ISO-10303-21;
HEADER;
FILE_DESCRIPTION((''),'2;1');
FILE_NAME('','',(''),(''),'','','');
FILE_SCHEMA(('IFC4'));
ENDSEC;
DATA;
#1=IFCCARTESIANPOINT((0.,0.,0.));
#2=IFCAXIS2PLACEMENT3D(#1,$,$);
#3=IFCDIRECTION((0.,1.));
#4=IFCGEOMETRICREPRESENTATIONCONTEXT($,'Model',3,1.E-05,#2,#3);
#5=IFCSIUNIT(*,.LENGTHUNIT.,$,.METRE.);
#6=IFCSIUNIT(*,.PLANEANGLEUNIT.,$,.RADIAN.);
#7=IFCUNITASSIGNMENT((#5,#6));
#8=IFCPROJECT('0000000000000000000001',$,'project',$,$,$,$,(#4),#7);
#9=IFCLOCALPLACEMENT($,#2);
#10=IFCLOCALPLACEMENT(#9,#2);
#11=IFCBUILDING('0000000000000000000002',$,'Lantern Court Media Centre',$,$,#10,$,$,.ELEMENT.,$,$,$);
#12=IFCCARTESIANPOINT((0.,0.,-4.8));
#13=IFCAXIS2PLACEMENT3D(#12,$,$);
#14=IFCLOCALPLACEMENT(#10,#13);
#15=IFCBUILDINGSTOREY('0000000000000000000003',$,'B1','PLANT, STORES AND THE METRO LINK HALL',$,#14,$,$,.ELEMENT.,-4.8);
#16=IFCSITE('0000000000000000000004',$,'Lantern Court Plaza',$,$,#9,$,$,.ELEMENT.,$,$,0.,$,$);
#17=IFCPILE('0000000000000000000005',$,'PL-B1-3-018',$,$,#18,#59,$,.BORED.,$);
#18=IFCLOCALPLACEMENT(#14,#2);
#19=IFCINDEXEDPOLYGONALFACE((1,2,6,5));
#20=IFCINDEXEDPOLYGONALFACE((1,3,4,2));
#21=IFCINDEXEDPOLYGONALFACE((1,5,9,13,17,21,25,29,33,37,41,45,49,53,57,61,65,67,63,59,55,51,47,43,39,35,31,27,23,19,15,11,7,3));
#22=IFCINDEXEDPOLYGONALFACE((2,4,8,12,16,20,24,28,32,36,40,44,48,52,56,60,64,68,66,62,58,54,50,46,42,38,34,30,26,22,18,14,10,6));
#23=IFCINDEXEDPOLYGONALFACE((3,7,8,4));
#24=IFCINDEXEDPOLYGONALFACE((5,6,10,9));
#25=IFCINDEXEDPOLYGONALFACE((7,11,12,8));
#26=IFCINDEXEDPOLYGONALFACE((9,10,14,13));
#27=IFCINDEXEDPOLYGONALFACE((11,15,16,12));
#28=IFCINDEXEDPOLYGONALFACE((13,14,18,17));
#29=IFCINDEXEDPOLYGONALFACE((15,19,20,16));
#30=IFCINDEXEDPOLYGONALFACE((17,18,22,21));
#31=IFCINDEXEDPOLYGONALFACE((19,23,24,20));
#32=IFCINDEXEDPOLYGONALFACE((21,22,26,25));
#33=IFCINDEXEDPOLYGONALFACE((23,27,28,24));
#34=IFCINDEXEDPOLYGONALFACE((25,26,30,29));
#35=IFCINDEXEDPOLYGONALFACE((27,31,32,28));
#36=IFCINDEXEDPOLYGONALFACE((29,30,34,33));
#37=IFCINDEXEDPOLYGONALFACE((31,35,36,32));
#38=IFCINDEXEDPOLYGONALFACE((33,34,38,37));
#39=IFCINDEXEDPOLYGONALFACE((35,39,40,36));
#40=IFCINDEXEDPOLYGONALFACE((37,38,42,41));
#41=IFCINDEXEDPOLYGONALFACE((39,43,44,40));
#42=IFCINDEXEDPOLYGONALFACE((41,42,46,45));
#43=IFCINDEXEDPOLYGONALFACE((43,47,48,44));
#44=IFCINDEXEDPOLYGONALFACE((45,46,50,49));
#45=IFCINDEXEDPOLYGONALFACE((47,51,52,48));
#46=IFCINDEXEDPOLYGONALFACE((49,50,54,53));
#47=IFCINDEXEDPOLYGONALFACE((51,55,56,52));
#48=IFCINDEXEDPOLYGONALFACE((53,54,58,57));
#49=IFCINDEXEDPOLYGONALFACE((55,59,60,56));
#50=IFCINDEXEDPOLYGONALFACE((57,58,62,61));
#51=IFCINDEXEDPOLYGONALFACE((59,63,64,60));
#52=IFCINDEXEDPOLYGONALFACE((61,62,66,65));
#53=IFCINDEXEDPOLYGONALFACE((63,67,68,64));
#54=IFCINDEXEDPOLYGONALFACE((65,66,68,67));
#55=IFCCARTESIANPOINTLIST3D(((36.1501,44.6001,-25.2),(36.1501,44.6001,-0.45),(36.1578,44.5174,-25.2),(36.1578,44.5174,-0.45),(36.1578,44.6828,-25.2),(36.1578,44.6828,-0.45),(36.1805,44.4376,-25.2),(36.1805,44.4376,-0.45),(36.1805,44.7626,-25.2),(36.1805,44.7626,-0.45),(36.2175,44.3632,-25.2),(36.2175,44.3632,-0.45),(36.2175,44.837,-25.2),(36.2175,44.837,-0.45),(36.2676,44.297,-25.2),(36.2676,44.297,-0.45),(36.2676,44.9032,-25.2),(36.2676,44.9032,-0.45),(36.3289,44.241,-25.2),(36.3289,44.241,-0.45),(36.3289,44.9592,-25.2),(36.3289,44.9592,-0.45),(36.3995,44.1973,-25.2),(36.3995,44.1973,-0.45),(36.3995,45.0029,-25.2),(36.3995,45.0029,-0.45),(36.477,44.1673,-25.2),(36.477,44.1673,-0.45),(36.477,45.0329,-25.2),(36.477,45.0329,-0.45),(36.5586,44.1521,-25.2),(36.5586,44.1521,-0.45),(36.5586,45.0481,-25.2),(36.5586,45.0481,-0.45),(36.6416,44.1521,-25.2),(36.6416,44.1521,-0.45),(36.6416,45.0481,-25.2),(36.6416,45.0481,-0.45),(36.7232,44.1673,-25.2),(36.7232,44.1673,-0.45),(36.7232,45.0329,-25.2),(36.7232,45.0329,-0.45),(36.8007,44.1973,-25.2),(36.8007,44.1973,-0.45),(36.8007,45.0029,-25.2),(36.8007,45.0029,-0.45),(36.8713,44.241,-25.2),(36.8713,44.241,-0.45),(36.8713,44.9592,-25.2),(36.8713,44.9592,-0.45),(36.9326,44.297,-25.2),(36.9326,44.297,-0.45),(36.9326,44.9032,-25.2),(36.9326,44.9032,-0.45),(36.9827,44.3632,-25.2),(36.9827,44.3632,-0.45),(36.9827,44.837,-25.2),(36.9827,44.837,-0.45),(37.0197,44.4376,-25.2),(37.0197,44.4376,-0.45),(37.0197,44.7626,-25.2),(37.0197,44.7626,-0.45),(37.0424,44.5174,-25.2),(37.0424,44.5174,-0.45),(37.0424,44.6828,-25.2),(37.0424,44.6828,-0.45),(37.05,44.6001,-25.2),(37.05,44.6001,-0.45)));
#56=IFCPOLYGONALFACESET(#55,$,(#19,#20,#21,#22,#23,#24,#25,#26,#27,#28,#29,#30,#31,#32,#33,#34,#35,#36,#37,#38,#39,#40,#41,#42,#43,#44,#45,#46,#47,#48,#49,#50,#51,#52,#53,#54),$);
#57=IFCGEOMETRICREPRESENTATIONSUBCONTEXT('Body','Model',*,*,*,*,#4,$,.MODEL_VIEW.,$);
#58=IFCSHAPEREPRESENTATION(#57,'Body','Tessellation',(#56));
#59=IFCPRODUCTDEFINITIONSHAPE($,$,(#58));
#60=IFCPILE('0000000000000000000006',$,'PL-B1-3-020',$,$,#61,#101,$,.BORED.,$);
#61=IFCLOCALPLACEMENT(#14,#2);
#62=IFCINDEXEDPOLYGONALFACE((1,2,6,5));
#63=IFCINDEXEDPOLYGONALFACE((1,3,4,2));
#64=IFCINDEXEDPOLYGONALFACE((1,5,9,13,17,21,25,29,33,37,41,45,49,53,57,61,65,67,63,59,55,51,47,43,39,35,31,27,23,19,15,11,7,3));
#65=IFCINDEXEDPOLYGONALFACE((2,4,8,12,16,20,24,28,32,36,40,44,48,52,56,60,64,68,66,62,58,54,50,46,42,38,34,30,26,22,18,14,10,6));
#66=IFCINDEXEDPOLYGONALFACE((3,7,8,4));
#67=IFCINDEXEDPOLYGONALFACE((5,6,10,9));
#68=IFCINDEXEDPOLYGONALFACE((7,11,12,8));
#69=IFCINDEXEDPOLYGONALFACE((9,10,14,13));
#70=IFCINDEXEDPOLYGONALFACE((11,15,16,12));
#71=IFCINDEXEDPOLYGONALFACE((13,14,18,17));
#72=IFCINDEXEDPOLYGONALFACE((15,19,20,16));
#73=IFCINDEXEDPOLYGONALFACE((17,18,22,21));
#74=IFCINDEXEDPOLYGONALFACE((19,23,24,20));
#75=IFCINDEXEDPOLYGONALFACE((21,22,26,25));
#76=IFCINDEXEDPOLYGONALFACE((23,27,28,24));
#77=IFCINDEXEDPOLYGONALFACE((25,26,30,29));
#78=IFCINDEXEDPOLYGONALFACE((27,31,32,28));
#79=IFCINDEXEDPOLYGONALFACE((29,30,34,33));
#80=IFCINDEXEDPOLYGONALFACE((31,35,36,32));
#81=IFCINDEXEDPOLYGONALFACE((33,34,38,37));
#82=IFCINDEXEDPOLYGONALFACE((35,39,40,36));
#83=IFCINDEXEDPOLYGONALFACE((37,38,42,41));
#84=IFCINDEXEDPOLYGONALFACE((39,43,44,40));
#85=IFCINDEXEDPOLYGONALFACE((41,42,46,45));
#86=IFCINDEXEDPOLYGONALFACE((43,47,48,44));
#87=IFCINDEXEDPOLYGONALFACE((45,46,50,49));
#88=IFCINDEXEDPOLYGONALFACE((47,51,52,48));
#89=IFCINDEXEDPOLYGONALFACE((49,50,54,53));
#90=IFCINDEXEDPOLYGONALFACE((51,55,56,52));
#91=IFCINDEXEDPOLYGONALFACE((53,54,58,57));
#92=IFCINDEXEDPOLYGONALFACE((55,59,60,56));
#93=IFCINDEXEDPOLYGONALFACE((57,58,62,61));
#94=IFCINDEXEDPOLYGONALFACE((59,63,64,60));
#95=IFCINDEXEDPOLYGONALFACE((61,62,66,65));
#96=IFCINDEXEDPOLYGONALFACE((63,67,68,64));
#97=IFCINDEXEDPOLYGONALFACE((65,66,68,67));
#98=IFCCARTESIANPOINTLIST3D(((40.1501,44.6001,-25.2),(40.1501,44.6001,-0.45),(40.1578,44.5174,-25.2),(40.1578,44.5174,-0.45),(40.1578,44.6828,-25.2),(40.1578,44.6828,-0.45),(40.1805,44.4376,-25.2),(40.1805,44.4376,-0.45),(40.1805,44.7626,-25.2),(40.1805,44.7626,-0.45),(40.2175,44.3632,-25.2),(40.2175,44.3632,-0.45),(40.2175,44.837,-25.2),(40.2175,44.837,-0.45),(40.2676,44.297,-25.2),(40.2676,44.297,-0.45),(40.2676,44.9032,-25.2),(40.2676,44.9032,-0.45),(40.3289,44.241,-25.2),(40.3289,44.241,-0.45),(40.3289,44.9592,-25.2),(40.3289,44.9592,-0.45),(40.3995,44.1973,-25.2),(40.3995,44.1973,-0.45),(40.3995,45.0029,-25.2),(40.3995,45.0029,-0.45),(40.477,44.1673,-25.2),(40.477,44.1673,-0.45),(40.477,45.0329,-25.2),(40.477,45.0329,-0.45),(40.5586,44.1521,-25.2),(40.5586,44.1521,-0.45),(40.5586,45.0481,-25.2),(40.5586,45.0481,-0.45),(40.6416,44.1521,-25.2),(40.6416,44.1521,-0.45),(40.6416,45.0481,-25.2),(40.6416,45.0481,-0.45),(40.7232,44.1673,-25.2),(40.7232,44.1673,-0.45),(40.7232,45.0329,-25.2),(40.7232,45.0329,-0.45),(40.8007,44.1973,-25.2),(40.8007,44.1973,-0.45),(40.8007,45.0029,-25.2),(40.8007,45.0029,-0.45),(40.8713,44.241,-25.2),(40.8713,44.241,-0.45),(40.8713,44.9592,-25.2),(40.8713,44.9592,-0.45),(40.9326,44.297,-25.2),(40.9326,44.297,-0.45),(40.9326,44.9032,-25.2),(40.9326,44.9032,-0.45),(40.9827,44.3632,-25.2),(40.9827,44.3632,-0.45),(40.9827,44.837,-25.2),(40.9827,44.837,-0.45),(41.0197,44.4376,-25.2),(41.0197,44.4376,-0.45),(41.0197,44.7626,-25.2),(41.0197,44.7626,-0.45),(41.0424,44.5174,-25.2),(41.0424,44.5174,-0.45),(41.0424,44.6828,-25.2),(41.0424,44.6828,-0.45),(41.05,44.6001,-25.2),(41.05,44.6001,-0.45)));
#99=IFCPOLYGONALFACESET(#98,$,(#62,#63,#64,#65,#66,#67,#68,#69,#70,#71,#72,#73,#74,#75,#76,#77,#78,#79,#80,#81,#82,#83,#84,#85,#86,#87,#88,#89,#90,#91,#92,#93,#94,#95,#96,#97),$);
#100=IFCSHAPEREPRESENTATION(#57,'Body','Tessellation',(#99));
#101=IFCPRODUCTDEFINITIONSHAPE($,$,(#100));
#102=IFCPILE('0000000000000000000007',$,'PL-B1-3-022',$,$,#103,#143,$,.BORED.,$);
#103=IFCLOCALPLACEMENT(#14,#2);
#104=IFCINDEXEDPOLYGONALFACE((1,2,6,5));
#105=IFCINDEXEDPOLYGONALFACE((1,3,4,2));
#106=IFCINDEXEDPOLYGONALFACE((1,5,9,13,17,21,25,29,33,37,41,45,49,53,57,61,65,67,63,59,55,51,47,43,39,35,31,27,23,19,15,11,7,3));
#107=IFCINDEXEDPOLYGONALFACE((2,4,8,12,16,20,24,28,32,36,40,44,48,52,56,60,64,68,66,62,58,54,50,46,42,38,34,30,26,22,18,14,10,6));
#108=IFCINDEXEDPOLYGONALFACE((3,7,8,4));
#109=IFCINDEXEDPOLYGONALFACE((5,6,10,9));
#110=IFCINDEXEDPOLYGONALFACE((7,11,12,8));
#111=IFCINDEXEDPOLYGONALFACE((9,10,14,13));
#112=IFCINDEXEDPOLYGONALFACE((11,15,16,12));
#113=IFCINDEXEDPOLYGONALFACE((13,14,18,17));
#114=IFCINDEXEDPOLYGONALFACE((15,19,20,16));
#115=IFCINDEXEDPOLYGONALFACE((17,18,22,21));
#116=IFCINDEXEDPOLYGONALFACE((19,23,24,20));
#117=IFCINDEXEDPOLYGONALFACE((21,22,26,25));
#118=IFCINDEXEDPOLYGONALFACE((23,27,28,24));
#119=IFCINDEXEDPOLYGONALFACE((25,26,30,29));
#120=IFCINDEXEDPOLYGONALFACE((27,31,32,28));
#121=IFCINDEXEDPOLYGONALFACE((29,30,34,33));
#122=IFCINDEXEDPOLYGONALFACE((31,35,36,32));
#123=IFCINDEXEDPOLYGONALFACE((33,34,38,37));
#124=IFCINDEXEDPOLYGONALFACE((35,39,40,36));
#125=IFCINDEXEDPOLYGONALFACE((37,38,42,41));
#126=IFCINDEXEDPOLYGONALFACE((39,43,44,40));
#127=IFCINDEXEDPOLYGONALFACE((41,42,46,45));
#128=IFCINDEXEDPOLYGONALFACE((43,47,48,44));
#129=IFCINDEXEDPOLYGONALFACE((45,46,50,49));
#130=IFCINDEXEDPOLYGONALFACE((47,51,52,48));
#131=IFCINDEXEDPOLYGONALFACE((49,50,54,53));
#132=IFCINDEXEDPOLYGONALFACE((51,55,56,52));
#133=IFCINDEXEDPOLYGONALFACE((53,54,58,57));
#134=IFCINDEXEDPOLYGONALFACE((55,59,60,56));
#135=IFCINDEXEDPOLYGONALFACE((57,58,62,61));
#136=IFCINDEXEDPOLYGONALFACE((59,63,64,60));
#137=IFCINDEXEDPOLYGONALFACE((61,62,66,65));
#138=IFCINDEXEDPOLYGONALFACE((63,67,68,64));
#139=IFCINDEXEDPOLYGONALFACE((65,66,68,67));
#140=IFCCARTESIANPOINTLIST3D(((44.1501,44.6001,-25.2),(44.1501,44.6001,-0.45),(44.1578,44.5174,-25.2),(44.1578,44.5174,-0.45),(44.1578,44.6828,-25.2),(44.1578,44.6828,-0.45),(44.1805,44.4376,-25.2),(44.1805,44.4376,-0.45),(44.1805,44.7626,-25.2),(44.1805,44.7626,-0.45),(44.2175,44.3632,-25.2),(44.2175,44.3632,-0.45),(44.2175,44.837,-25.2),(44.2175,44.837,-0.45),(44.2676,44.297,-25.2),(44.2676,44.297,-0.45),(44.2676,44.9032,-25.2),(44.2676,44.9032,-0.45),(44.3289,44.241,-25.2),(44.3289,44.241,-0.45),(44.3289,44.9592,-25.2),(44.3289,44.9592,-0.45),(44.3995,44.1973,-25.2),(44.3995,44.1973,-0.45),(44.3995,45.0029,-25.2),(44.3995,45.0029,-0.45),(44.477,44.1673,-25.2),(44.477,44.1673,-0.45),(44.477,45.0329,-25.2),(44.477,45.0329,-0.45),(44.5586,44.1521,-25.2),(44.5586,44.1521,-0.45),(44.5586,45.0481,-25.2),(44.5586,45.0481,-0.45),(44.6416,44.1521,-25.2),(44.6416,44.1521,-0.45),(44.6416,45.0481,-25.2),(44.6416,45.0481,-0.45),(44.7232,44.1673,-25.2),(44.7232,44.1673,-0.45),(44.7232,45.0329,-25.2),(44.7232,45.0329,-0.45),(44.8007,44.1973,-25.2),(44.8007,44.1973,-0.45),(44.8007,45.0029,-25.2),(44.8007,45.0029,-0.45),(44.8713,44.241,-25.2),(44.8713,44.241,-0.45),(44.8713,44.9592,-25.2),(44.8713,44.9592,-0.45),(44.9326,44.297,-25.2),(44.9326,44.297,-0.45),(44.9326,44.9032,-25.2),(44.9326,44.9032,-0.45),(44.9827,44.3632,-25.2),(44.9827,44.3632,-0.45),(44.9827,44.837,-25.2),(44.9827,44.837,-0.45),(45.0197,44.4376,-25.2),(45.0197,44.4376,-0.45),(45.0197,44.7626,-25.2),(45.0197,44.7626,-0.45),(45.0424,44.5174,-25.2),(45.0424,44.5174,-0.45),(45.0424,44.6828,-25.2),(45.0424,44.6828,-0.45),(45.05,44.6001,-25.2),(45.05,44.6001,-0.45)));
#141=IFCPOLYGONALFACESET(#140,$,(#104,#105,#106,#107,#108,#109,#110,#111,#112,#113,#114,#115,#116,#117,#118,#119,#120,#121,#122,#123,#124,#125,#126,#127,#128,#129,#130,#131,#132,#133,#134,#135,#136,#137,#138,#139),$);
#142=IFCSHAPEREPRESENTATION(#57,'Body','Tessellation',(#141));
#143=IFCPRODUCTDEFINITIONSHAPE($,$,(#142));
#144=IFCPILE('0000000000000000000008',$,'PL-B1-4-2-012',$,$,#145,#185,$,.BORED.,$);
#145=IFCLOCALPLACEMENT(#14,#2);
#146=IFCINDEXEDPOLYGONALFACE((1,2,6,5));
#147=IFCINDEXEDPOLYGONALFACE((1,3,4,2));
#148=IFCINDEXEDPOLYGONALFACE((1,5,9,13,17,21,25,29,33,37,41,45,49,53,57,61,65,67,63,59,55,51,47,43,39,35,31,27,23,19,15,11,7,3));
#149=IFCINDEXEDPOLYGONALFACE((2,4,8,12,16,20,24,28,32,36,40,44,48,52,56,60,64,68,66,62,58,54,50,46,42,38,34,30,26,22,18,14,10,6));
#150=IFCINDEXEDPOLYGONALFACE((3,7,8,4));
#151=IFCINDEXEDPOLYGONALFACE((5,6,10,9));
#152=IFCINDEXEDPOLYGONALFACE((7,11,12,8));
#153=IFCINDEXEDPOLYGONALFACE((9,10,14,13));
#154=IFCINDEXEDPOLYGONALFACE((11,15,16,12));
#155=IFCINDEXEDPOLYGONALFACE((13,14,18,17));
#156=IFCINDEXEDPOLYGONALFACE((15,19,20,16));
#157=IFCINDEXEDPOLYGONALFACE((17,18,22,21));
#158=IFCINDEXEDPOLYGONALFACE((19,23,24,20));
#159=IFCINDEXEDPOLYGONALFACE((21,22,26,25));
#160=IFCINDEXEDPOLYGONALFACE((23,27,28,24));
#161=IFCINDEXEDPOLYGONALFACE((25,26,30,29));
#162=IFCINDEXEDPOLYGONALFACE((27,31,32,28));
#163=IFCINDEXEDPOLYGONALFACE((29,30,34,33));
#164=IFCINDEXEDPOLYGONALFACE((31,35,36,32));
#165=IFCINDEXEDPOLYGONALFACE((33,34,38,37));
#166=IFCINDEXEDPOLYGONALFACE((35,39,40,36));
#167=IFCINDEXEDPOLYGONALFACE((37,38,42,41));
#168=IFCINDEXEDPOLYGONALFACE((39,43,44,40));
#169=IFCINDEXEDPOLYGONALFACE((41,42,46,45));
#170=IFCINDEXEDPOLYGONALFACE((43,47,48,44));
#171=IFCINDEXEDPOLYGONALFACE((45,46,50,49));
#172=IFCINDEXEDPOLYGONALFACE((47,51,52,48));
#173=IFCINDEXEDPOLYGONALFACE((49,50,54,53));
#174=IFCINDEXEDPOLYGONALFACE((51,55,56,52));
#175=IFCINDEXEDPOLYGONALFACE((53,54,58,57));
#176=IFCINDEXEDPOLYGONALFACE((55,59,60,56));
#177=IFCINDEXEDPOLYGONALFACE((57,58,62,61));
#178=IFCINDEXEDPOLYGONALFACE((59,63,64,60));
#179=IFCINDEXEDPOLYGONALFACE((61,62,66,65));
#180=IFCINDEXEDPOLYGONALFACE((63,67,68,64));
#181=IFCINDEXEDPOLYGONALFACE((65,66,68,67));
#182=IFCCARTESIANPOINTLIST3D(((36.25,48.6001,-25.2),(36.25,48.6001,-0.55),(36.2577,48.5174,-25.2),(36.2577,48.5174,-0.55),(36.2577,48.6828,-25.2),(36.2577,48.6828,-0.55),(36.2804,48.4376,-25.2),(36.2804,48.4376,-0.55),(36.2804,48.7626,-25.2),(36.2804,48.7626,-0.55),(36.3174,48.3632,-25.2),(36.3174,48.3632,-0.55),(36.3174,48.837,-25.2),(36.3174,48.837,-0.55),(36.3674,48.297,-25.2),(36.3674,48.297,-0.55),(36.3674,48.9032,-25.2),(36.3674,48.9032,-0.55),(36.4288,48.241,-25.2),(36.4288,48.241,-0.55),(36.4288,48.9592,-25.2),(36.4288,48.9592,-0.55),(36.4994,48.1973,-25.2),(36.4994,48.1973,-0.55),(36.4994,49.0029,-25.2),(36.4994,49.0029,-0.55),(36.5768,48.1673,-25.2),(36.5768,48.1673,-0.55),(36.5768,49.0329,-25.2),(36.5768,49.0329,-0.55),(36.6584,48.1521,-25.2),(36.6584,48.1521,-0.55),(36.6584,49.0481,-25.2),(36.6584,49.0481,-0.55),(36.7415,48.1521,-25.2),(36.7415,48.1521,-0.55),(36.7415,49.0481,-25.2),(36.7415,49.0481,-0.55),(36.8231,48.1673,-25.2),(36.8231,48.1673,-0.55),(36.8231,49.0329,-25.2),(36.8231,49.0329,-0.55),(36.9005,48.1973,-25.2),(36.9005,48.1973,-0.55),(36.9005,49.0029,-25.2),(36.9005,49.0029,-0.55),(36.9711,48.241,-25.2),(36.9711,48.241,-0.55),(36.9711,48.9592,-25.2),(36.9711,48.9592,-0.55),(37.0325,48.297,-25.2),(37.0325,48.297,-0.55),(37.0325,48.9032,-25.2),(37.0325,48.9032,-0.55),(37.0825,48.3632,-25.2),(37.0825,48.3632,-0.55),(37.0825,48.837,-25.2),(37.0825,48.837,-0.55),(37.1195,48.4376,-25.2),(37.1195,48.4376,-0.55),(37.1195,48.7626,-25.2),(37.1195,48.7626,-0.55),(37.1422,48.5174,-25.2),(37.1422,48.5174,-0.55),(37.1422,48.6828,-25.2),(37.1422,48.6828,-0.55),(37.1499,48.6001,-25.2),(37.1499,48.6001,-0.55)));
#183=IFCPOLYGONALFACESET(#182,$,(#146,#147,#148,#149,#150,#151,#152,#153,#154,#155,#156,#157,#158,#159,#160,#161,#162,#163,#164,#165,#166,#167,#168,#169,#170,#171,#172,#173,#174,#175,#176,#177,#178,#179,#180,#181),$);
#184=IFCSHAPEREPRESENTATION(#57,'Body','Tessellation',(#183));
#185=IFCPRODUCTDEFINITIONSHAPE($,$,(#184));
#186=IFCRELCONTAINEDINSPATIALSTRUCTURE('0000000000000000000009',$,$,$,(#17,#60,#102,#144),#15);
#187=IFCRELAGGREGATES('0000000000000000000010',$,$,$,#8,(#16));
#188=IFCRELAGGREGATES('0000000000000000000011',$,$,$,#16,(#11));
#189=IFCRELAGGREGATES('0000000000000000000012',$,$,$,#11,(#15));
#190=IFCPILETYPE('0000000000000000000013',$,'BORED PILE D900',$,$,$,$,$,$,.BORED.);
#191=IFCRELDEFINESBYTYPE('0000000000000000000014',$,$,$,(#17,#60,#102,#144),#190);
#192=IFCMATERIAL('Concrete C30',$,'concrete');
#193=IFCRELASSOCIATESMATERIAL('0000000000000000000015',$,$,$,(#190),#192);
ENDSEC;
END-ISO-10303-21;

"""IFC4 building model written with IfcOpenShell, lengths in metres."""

from ifc_helpers import new_model, si_unit, direction, frame, origin, origin_2d, place, context, subcontext, project, spatial, circle, extrude, material, material_profile, profile_set, type_object, element, save


model = new_model("IFC4")

# Units and contexts
model_context = context("Model", 3, precision=1e-05, world=origin(), true_north=direction((0.0, 1.0)))
body_context = subcontext(model_context, "Body", "Model", "MODEL_VIEW")
ifc_project = project(units=[si_unit("LENGTHUNIT", "METRE"), si_unit("PLANEANGLEUNIT", "RADIAN")], contexts=[model_context])

# Site, building, storey
site_placement = place(None, origin())
site = spatial("IfcSite", under=ifc_project, at=site_placement, Name="Lantern Court Plaza", CompositionType="ELEMENT", RefElevation=0.0)
building_placement = place(site_placement, origin())
building = spatial("IfcBuilding", under=site, at=building_placement, Name="Lantern Court Media Centre", CompositionType="ELEMENT")
storey_placement = place(building_placement, frame((0.0, 0.0, -4.8)))
storey = spatial("IfcBuildingStorey", under=building, at=storey_placement, Name="B1", Description="PLANT, STORES AND THE METRO LINK HALL", CompositionType="ELEMENT", Elevation=-4.8)

# Piles
ifc_material_1 = material(Name="Concrete C30", Category="concrete")
ifc_material_profile_1 = material_profile(ifc_material_1, circle(Radius=0.45, at=origin_2d()), Name="D900")
ifc_profile_set_1 = profile_set([ifc_material_profile_1], Name="Concrete C30")
pile_type = type_object("IfcPileType", Name="BORED PILE D900", PredefinedType="BORED", material=ifc_profile_set_1)
for number, where, z_axis, x_axis, name in (
    (1, (36.6001, 44.6001, -0.45), (0.0, 0.0, -1.0), (1.0, 0.0, 0.0), "PL-B1-3-018"),
    (2, (40.6001, 44.6001, -0.45), (0.0, 0.0, -1.0), (1.0, 0.0, 0.0), "PL-B1-3-020"),
    (3, (44.6001, 44.6001, -0.45), (0.0, 0.0, -1.0), (1.0, 0.0, 0.0), "PL-B1-3-022"),
):
    element("IfcPile", number, at=place(storey_placement, frame(where, z_axis=z_axis, x_axis=x_axis)), inside=storey, type_object=pile_type, Name=name, PredefinedType="BORED", context=body_context, shape_type="SweptSolid", body=[
        extrude(circle(Radius=0.45, at=origin_2d()), origin(), (0.0, 0.0, 1.0), 24.75),
    ])
for number, where, z_axis, x_axis, name in (
    (4, (36.7, 48.6001, -0.55), (0.0, 0.0, -1.0), (1.0, 0.0, 0.0), "PL-B1-4-2-012"),
):
    element("IfcPile", number, at=place(storey_placement, frame(where, z_axis=z_axis, x_axis=x_axis)), inside=storey, type_object=pile_type, Name=name, PredefinedType="BORED", context=body_context, shape_type="SweptSolid", body=[
        extrude(circle(Radius=0.45, at=origin_2d()), origin(), (0.0, 0.0, 1.0), 24.6499),
    ])

save(model, "model.ifc")
